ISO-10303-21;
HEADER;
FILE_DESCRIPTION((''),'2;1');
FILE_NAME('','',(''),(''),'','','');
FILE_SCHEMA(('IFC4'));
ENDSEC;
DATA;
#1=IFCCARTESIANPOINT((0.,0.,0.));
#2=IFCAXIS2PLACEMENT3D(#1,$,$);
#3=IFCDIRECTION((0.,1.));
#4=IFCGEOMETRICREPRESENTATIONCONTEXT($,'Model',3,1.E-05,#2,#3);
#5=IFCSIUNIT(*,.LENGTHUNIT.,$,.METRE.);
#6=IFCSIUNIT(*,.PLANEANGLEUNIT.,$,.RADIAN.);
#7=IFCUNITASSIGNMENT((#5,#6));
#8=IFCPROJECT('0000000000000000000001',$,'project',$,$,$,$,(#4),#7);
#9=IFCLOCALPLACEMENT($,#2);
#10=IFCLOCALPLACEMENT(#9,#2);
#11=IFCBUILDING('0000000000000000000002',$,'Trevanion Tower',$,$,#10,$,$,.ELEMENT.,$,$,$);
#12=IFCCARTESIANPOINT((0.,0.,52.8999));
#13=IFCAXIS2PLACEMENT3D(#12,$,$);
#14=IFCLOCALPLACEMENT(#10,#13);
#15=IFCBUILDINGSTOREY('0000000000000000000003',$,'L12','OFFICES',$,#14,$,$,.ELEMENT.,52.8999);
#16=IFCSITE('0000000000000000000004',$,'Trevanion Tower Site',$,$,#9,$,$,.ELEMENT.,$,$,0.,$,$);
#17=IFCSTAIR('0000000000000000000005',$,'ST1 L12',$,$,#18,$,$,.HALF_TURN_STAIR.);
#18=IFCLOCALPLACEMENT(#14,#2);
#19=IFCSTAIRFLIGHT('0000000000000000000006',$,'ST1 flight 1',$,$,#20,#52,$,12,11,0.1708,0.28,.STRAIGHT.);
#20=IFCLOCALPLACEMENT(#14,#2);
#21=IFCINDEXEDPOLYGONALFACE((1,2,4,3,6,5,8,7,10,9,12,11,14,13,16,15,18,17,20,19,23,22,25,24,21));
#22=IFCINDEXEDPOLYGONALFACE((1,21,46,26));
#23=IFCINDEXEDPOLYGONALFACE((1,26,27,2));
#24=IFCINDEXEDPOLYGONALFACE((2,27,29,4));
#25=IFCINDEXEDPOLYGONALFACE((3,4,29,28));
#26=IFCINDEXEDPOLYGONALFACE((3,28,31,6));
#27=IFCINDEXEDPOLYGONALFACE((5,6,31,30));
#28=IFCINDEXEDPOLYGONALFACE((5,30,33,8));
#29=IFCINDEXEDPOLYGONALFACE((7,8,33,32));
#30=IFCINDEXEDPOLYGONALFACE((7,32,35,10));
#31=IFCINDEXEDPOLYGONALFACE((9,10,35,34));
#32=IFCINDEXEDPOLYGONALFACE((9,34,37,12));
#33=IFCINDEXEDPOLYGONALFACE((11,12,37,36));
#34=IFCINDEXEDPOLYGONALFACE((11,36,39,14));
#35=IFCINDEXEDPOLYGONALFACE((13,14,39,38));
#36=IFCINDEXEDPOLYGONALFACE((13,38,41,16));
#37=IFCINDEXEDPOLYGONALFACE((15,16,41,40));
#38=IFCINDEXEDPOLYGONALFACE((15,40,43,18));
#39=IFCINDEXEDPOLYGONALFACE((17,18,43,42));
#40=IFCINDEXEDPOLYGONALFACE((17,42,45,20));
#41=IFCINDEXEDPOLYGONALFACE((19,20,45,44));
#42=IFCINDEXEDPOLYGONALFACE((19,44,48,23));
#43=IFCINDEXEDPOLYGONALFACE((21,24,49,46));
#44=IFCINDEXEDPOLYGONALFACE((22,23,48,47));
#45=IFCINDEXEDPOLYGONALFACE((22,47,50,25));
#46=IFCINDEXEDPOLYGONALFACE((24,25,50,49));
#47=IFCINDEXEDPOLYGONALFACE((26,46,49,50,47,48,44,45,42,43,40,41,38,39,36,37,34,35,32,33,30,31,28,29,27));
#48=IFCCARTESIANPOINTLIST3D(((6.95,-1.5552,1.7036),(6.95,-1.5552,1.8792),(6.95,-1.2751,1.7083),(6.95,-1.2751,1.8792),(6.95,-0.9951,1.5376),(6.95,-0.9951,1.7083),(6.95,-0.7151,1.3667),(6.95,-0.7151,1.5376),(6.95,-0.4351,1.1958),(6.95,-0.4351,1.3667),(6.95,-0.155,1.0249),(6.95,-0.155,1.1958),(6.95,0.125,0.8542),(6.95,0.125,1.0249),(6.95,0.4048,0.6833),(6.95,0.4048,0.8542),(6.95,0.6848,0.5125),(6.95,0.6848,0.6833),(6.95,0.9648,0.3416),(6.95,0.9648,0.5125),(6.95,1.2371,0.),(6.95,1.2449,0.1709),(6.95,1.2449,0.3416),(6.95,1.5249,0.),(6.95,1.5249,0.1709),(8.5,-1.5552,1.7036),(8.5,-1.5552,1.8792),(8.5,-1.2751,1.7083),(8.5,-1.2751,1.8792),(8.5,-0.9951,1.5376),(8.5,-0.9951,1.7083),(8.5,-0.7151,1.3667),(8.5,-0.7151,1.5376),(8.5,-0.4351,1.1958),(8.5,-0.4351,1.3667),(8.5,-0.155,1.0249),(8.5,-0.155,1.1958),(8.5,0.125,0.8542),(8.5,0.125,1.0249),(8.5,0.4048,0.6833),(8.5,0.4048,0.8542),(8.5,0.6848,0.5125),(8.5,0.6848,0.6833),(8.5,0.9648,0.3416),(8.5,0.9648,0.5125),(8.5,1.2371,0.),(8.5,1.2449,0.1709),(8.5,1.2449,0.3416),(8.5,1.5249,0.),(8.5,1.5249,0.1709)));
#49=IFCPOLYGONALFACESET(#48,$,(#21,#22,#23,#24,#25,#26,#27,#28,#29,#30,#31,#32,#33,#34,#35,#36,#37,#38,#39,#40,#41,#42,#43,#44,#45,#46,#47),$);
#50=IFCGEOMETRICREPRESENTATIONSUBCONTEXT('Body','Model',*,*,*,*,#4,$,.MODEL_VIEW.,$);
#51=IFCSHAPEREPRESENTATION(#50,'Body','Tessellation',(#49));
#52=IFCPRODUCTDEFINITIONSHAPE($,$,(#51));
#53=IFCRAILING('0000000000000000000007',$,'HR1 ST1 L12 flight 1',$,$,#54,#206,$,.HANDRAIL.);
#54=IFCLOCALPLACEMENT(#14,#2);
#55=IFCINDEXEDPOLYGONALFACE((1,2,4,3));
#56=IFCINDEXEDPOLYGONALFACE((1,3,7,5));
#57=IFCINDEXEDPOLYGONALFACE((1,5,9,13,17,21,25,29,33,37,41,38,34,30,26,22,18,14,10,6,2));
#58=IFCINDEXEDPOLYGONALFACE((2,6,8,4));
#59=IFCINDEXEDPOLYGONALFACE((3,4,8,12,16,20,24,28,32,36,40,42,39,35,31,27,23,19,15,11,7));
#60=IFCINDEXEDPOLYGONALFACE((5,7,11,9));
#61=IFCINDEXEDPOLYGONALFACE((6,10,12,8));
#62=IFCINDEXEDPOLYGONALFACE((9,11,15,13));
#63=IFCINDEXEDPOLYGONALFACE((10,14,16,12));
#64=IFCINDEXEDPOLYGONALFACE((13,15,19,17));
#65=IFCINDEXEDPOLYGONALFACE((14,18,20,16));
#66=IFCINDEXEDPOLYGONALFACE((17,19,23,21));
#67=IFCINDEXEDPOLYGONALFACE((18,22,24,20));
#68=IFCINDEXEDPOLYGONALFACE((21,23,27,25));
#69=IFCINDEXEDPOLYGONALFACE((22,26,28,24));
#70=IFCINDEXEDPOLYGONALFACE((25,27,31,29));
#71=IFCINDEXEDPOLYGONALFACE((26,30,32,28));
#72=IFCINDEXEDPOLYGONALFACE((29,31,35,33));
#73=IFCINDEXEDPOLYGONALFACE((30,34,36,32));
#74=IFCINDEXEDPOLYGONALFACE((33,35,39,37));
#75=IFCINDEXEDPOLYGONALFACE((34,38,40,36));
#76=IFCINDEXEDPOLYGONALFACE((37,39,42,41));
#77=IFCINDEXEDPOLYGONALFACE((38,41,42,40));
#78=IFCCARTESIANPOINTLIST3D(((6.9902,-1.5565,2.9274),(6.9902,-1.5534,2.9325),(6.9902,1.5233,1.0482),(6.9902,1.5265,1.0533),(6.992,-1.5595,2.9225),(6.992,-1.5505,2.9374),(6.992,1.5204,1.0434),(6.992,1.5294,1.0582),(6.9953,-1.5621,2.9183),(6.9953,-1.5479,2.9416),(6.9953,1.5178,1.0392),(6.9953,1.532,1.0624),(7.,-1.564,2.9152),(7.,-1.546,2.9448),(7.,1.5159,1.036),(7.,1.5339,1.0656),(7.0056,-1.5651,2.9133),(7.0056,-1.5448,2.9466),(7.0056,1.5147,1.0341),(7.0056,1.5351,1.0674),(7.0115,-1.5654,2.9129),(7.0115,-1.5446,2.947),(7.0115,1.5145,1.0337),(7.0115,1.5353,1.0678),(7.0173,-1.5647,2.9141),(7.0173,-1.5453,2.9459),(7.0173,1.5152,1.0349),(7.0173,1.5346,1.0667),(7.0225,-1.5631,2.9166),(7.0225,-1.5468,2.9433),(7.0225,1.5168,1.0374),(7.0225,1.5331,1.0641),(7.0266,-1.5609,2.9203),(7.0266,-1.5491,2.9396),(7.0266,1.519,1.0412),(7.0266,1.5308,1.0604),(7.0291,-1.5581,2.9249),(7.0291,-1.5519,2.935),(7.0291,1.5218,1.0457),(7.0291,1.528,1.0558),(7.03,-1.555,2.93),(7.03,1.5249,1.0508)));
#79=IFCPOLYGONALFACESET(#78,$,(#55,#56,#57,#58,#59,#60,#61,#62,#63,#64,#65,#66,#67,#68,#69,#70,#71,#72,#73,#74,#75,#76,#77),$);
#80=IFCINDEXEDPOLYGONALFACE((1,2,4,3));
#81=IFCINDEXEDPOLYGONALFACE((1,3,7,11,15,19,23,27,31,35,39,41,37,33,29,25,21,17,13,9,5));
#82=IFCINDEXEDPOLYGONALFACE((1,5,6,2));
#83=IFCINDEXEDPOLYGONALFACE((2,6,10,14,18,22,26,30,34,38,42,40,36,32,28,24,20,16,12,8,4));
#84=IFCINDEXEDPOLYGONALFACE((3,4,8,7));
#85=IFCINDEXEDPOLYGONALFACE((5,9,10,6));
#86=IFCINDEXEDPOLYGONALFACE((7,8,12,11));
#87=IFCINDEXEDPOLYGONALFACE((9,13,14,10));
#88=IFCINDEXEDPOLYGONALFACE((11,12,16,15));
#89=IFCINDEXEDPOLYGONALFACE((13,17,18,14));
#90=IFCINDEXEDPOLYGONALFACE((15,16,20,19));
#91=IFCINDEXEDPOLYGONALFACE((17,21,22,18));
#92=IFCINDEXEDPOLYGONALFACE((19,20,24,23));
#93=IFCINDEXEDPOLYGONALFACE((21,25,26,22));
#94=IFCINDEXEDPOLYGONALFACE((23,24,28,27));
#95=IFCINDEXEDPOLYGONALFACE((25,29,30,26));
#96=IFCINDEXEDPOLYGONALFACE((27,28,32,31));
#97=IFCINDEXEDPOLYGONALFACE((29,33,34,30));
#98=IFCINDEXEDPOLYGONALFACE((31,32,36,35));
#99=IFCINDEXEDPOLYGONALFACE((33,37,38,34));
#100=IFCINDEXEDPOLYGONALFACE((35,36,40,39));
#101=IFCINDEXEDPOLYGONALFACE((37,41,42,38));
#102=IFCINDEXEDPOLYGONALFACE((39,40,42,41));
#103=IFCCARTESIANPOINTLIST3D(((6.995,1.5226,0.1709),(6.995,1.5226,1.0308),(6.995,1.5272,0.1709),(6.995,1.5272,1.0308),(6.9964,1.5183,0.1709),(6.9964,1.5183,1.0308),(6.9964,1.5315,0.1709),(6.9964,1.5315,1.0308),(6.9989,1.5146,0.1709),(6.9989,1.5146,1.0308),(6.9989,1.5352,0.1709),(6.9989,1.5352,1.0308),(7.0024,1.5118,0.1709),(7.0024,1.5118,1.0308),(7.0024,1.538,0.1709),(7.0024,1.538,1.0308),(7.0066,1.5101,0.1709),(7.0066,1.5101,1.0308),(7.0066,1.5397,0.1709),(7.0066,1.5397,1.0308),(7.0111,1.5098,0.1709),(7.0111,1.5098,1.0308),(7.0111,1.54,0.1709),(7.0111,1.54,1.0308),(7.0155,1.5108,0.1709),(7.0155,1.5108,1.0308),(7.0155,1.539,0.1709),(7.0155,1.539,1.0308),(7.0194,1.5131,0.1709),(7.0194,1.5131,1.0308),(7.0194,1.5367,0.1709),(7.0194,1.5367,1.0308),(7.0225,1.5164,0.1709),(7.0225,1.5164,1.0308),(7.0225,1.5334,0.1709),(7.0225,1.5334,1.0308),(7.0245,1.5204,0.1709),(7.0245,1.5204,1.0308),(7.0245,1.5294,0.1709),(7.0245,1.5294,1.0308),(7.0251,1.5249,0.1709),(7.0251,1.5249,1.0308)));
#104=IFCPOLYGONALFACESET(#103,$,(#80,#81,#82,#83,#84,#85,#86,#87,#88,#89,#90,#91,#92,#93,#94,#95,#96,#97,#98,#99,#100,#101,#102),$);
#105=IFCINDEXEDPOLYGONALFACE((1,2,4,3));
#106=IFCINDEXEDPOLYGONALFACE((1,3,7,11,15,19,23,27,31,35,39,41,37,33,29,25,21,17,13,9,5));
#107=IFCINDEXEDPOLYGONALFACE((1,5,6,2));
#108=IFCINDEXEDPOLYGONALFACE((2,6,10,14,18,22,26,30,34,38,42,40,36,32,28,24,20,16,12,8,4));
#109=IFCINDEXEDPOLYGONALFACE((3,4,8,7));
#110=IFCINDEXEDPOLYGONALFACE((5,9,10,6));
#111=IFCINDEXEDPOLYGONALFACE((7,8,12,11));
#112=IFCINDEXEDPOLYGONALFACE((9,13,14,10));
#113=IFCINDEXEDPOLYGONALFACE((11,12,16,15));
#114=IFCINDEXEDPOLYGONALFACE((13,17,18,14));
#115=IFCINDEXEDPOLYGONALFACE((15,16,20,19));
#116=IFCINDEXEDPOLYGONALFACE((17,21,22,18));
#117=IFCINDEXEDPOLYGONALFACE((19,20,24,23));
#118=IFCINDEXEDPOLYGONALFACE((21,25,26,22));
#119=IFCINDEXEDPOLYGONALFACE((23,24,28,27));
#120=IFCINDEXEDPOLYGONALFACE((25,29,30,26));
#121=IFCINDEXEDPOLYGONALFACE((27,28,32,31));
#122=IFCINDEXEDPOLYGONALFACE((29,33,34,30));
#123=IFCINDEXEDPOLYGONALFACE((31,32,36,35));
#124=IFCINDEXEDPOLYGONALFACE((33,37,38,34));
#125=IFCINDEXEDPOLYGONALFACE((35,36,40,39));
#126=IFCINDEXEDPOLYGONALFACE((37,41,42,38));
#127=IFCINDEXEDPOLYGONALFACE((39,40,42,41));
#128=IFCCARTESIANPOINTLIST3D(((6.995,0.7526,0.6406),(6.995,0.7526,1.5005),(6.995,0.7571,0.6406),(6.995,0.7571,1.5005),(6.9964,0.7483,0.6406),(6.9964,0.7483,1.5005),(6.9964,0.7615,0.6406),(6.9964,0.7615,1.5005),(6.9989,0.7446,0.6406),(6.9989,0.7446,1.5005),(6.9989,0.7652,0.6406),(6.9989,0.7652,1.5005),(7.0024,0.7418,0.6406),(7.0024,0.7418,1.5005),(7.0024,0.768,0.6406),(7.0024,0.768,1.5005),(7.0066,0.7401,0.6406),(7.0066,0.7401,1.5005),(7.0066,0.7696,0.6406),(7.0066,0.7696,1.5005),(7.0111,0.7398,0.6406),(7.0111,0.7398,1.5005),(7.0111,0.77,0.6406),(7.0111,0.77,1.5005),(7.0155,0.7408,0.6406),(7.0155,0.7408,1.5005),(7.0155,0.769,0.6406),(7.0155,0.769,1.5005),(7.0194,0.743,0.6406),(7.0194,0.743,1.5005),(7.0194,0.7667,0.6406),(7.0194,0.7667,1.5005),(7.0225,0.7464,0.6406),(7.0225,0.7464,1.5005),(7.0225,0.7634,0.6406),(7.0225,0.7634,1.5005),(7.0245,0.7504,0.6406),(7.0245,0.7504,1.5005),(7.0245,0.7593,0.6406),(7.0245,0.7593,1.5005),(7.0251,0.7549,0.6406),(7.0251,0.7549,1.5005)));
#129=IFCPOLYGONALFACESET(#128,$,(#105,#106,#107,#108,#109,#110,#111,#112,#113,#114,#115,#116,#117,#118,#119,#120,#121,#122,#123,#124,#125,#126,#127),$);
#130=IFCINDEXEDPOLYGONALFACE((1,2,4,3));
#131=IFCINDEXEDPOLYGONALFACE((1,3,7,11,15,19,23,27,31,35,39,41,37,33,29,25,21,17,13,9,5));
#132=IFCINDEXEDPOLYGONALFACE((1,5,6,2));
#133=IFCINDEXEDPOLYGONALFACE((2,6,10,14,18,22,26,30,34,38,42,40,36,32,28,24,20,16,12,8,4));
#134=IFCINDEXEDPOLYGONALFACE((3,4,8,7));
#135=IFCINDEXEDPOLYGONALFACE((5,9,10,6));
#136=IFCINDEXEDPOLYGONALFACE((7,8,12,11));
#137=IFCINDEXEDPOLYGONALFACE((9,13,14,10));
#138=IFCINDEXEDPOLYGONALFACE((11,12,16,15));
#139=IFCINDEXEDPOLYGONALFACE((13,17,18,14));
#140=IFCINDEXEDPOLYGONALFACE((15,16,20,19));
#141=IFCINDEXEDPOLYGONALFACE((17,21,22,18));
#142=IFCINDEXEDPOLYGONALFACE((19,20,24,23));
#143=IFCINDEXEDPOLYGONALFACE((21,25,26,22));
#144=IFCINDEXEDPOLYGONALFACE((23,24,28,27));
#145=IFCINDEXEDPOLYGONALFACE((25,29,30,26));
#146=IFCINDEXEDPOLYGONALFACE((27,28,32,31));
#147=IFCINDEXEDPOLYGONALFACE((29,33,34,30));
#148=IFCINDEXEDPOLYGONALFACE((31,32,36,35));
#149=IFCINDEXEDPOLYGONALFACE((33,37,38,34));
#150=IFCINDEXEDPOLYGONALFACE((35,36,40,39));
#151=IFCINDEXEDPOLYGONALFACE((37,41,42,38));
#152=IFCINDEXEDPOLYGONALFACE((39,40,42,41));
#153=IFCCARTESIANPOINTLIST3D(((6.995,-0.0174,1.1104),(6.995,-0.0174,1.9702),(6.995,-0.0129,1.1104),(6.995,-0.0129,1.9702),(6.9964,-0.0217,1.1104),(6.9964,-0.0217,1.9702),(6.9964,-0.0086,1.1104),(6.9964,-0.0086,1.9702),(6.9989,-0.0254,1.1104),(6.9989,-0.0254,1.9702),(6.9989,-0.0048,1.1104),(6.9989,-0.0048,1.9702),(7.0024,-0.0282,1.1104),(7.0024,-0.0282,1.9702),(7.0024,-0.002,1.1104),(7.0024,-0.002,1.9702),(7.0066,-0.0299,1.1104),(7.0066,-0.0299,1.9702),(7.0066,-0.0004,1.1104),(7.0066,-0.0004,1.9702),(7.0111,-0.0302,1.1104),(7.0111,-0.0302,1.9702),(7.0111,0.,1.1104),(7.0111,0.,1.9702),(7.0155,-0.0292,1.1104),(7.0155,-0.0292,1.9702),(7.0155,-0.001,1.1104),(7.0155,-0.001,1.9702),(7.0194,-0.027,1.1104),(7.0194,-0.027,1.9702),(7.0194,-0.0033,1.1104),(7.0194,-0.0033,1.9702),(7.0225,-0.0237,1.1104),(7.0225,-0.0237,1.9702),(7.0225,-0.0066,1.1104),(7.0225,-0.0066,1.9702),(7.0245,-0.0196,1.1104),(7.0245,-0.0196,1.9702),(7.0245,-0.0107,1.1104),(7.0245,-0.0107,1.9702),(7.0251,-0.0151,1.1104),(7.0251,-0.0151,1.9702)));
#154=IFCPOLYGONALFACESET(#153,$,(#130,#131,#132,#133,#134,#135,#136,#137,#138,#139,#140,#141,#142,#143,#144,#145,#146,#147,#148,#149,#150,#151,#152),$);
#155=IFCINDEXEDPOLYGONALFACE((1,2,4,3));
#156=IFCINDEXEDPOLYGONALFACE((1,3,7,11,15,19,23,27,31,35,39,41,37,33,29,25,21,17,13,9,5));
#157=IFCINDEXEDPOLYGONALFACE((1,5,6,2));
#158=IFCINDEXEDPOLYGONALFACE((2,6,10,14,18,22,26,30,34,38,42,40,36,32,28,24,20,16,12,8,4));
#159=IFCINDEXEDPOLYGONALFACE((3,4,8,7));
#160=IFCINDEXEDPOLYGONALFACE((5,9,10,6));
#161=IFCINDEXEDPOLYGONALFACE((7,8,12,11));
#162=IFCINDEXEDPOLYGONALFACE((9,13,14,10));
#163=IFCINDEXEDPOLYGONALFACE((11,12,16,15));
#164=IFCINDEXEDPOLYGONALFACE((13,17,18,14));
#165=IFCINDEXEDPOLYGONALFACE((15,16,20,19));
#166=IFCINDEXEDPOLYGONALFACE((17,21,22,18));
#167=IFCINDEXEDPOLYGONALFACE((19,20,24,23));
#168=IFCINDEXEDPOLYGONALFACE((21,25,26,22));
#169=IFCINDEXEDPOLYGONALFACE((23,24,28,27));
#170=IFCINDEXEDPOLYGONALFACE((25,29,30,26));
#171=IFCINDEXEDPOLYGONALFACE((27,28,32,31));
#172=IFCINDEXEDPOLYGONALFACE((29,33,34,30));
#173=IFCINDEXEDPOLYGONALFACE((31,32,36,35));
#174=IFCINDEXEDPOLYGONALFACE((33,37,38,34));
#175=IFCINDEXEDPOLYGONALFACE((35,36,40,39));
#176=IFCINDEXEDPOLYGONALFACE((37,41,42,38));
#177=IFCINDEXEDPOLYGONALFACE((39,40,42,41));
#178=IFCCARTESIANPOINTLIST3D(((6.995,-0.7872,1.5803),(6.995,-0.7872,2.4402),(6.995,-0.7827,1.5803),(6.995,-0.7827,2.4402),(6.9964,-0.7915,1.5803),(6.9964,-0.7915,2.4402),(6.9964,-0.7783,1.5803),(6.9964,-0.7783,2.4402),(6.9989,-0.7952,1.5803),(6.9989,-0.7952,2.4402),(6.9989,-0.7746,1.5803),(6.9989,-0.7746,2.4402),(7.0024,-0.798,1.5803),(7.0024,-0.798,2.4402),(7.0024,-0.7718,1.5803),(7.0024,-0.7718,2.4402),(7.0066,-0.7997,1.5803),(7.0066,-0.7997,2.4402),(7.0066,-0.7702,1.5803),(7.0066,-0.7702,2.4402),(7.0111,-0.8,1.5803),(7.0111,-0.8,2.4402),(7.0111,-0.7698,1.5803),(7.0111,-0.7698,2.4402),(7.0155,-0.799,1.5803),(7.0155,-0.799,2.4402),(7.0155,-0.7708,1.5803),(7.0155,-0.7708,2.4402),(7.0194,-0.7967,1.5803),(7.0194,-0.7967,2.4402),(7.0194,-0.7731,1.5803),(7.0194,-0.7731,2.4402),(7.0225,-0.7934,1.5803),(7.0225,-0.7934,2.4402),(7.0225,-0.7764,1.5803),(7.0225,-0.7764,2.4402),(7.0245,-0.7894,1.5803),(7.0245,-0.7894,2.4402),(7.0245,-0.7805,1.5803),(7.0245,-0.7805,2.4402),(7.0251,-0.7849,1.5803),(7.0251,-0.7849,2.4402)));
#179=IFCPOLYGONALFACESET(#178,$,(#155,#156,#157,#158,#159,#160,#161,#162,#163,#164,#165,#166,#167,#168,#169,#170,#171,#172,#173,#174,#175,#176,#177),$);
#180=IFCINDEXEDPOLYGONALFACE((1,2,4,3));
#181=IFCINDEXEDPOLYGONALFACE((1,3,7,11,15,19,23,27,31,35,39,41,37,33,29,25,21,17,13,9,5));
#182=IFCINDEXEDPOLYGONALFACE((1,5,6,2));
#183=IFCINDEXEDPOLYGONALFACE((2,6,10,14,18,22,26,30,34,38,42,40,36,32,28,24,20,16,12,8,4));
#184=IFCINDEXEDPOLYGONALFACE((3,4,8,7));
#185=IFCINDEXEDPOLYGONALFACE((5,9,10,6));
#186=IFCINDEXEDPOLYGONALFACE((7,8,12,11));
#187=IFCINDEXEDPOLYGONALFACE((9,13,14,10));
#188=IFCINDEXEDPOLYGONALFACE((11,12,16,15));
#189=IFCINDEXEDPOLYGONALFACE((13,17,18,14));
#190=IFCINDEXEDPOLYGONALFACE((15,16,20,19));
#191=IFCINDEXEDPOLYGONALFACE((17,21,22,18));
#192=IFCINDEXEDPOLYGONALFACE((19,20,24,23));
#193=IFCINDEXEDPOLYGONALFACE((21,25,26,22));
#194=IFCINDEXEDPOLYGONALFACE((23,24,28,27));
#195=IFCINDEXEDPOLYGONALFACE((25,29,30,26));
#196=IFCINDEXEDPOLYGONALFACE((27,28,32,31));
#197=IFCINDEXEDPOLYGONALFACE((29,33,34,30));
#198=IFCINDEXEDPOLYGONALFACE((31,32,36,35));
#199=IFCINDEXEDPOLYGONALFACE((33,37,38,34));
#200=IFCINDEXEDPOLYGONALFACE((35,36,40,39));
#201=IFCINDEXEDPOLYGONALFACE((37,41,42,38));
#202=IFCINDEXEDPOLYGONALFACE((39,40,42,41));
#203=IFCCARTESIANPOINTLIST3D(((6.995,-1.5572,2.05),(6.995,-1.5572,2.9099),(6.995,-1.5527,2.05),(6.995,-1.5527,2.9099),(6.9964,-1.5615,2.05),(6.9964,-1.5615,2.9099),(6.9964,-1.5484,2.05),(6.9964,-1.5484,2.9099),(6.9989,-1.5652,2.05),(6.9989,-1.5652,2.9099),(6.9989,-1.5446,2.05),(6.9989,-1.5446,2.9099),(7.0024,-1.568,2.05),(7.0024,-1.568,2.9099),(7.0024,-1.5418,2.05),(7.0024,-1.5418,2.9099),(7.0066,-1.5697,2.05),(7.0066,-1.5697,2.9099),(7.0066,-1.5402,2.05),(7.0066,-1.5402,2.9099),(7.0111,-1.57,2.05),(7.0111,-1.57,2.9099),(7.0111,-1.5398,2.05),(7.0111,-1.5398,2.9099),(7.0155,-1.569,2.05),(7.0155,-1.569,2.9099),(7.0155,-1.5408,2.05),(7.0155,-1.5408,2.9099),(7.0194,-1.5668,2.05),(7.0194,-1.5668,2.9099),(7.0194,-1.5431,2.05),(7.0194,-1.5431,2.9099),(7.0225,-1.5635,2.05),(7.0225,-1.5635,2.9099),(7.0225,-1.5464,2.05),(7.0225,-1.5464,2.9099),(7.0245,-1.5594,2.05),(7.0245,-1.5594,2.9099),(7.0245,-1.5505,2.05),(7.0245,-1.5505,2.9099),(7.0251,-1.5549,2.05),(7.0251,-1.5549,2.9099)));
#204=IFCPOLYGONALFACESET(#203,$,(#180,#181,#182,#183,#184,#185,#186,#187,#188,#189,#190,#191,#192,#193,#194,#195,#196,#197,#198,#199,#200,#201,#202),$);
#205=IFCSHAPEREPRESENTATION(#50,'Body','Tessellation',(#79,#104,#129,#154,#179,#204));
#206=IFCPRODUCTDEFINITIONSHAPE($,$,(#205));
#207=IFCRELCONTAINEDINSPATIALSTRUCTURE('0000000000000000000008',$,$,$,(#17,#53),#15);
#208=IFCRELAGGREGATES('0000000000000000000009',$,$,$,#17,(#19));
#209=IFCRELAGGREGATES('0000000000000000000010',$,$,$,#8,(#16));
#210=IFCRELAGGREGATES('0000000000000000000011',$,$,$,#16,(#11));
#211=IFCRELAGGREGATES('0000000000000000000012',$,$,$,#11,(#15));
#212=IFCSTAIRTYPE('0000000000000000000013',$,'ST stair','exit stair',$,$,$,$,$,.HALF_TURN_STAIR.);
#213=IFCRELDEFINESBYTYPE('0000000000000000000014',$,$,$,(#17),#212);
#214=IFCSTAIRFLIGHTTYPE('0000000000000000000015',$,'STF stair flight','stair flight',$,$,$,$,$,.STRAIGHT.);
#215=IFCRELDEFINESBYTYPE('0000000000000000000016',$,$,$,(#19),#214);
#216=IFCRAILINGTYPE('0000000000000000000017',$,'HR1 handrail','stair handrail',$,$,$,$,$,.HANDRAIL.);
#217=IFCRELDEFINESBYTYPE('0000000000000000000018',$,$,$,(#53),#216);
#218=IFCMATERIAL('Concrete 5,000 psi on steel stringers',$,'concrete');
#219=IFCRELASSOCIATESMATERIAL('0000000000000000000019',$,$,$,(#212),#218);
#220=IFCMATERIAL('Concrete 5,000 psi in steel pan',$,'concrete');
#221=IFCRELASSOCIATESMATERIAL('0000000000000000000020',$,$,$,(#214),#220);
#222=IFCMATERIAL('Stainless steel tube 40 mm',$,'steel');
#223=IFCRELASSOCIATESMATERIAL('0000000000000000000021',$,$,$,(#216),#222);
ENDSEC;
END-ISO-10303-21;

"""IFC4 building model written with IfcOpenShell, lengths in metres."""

from ifc_helpers import new_model, si_unit, direction, frame, origin, origin_2d, place, context, subcontext, project, spatial, polyline, circle, outline, extrude, material, type_object, element, aggregate, save


model = new_model("IFC4")

# Units and contexts
model_context = context("Model", 3, precision=1e-05, world=origin(), true_north=direction((0.0, 1.0)))
body_context = subcontext(model_context, "Body", "Model", "MODEL_VIEW")
ifc_project = project(units=[si_unit("LENGTHUNIT", "METRE"), si_unit("PLANEANGLEUNIT", "RADIAN")], contexts=[model_context])

# Site, building, storey
site_placement = place(None, origin())
site = spatial("IfcSite", under=ifc_project, at=site_placement, Name="Trevanion Tower Site", CompositionType="ELEMENT", RefElevation=0.0)
building_placement = place(site_placement, origin())
building = spatial("IfcBuilding", under=site, at=building_placement, Name="Trevanion Tower", CompositionType="ELEMENT")
storey_placement = place(building_placement, frame((0.0, 0.0, 52.8999)))
storey = spatial("IfcBuildingStorey", under=building, at=storey_placement, Name="L12", Description="OFFICES", CompositionType="ELEMENT", Elevation=52.8999)

# Stair, stair flight
ifc_material_1 = material(Name="Concrete 5,000 psi on steel stringers", Category="concrete")
stair_type = type_object("IfcStairType", Name="ST stair", Description="exit stair", PredefinedType="HALF_TURN_STAIR", material=ifc_material_1)
stair_placement = place(storey_placement, origin())
stair = element("IfcStair", 1, at=stair_placement, inside=storey, type_object=stair_type, Name="ST1 L12", PredefinedType="HALF_TURN_STAIR")
ifc_material_2 = material(Name="Concrete 5,000 psi in steel pan", Category="concrete")
stair_flight_type = type_object("IfcStairFlightType", Name="STF stair flight", Description="stair flight", PredefinedType="STRAIGHT", material=ifc_material_2)
stair_flight_placement = place(storey_placement, frame((7.7251, 1.5249, 0.0), z_axis=(0.0, 0.0, 1.0), x_axis=(0.0, -1.0, 0.0)))
stair_flight = element("IfcStairFlight", 2, at=stair_flight_placement, type_object=stair_flight_type, Name="ST1 flight 1", NumberOfRisers=12, NumberOfTreads=11, PredefinedType="STRAIGHT", RiserHeight=0.1708, TreadLength=0.28, context=body_context, shape_type="SweptSolid", body=[
    extrude(outline(polyline([(0.0, 0.0), (0.0, 0.1709), (0.28, 0.1709), (0.28, 0.3416), (0.5601, 0.3416), (0.5601, 0.5125), (0.8401, 0.5125), (0.8401, 0.6833), (1.1201, 0.6833), (1.1201, 0.8542), (1.3999, 0.8542), (1.3999, 1.0249), (1.6799, 1.0249), (1.6799, 1.1958), (1.96, 1.1958), (1.96, 1.3667), (2.24, 1.3667), (2.24, 1.5376), (2.52, 1.5376), (2.52, 1.7083), (2.8, 1.7083), (2.8, 1.8792), (3.0801, 1.8792), (3.0801, 2.05), (3.0801, 1.7036), (0.2878, 0.0), (0.0, 0.0)])), frame((0.0, 0.7749, 0.0), z_axis=(0.0, -1.0, 0.0), x_axis=(1.0, 0.0, 0.0)), (0.0, 0.0, 1.0), 1.55),
])
aggregate(stair, [stair_flight])

# Railing
ifc_material_3 = material(Name="Stainless steel tube 40 mm", Category="steel")
railing_type = type_object("IfcRailingType", Name="HR1 handrail", Description="stair handrail", PredefinedType="HANDRAIL", material=ifc_material_3)
for number, where, name in (
    (3, (7.01, 1.5249, 0.1709), "HR1 ST1 L12 flight 1"),
):
    element("IfcRailing", number, at=place(storey_placement, frame(where)), inside=storey, type_object=railing_type, Name=name, PredefinedType="HANDRAIL", context=body_context, shape_type="SweptSolid", body=[
        extrude(circle(Radius=0.02, at=origin_2d()), frame((0.0, 0.0, 0.8799), z_axis=(0.0, -0.853648, 0.52085), x_axis=(1.0, 0.0, 0.0)), (0.0, 0.0, 1.0), 3.6079),
        extrude(circle(Radius=0.0151, at=origin_2d()), origin(), (0.0, 0.0, 1.0), 0.8599),
        extrude(circle(Radius=0.0151, at=origin_2d()), frame((0.0, -0.77, 0.4697)), (0.0, 0.0, 1.0), 0.8599),
        extrude(circle(Radius=0.0151, at=origin_2d()), frame((0.0, -1.54, 0.9395)), (0.0, 0.0, 1.0), 0.8599),
        extrude(circle(Radius=0.0151, at=origin_2d()), frame((0.0, -2.3098, 1.4094)), (0.0, 0.0, 1.0), 0.8599),
        extrude(circle(Radius=0.0151, at=origin_2d()), frame((0.0, -3.0798, 1.8792)), (0.0, 0.0, 1.0), 0.8599),
    ])

save(model, "model.ifc")
